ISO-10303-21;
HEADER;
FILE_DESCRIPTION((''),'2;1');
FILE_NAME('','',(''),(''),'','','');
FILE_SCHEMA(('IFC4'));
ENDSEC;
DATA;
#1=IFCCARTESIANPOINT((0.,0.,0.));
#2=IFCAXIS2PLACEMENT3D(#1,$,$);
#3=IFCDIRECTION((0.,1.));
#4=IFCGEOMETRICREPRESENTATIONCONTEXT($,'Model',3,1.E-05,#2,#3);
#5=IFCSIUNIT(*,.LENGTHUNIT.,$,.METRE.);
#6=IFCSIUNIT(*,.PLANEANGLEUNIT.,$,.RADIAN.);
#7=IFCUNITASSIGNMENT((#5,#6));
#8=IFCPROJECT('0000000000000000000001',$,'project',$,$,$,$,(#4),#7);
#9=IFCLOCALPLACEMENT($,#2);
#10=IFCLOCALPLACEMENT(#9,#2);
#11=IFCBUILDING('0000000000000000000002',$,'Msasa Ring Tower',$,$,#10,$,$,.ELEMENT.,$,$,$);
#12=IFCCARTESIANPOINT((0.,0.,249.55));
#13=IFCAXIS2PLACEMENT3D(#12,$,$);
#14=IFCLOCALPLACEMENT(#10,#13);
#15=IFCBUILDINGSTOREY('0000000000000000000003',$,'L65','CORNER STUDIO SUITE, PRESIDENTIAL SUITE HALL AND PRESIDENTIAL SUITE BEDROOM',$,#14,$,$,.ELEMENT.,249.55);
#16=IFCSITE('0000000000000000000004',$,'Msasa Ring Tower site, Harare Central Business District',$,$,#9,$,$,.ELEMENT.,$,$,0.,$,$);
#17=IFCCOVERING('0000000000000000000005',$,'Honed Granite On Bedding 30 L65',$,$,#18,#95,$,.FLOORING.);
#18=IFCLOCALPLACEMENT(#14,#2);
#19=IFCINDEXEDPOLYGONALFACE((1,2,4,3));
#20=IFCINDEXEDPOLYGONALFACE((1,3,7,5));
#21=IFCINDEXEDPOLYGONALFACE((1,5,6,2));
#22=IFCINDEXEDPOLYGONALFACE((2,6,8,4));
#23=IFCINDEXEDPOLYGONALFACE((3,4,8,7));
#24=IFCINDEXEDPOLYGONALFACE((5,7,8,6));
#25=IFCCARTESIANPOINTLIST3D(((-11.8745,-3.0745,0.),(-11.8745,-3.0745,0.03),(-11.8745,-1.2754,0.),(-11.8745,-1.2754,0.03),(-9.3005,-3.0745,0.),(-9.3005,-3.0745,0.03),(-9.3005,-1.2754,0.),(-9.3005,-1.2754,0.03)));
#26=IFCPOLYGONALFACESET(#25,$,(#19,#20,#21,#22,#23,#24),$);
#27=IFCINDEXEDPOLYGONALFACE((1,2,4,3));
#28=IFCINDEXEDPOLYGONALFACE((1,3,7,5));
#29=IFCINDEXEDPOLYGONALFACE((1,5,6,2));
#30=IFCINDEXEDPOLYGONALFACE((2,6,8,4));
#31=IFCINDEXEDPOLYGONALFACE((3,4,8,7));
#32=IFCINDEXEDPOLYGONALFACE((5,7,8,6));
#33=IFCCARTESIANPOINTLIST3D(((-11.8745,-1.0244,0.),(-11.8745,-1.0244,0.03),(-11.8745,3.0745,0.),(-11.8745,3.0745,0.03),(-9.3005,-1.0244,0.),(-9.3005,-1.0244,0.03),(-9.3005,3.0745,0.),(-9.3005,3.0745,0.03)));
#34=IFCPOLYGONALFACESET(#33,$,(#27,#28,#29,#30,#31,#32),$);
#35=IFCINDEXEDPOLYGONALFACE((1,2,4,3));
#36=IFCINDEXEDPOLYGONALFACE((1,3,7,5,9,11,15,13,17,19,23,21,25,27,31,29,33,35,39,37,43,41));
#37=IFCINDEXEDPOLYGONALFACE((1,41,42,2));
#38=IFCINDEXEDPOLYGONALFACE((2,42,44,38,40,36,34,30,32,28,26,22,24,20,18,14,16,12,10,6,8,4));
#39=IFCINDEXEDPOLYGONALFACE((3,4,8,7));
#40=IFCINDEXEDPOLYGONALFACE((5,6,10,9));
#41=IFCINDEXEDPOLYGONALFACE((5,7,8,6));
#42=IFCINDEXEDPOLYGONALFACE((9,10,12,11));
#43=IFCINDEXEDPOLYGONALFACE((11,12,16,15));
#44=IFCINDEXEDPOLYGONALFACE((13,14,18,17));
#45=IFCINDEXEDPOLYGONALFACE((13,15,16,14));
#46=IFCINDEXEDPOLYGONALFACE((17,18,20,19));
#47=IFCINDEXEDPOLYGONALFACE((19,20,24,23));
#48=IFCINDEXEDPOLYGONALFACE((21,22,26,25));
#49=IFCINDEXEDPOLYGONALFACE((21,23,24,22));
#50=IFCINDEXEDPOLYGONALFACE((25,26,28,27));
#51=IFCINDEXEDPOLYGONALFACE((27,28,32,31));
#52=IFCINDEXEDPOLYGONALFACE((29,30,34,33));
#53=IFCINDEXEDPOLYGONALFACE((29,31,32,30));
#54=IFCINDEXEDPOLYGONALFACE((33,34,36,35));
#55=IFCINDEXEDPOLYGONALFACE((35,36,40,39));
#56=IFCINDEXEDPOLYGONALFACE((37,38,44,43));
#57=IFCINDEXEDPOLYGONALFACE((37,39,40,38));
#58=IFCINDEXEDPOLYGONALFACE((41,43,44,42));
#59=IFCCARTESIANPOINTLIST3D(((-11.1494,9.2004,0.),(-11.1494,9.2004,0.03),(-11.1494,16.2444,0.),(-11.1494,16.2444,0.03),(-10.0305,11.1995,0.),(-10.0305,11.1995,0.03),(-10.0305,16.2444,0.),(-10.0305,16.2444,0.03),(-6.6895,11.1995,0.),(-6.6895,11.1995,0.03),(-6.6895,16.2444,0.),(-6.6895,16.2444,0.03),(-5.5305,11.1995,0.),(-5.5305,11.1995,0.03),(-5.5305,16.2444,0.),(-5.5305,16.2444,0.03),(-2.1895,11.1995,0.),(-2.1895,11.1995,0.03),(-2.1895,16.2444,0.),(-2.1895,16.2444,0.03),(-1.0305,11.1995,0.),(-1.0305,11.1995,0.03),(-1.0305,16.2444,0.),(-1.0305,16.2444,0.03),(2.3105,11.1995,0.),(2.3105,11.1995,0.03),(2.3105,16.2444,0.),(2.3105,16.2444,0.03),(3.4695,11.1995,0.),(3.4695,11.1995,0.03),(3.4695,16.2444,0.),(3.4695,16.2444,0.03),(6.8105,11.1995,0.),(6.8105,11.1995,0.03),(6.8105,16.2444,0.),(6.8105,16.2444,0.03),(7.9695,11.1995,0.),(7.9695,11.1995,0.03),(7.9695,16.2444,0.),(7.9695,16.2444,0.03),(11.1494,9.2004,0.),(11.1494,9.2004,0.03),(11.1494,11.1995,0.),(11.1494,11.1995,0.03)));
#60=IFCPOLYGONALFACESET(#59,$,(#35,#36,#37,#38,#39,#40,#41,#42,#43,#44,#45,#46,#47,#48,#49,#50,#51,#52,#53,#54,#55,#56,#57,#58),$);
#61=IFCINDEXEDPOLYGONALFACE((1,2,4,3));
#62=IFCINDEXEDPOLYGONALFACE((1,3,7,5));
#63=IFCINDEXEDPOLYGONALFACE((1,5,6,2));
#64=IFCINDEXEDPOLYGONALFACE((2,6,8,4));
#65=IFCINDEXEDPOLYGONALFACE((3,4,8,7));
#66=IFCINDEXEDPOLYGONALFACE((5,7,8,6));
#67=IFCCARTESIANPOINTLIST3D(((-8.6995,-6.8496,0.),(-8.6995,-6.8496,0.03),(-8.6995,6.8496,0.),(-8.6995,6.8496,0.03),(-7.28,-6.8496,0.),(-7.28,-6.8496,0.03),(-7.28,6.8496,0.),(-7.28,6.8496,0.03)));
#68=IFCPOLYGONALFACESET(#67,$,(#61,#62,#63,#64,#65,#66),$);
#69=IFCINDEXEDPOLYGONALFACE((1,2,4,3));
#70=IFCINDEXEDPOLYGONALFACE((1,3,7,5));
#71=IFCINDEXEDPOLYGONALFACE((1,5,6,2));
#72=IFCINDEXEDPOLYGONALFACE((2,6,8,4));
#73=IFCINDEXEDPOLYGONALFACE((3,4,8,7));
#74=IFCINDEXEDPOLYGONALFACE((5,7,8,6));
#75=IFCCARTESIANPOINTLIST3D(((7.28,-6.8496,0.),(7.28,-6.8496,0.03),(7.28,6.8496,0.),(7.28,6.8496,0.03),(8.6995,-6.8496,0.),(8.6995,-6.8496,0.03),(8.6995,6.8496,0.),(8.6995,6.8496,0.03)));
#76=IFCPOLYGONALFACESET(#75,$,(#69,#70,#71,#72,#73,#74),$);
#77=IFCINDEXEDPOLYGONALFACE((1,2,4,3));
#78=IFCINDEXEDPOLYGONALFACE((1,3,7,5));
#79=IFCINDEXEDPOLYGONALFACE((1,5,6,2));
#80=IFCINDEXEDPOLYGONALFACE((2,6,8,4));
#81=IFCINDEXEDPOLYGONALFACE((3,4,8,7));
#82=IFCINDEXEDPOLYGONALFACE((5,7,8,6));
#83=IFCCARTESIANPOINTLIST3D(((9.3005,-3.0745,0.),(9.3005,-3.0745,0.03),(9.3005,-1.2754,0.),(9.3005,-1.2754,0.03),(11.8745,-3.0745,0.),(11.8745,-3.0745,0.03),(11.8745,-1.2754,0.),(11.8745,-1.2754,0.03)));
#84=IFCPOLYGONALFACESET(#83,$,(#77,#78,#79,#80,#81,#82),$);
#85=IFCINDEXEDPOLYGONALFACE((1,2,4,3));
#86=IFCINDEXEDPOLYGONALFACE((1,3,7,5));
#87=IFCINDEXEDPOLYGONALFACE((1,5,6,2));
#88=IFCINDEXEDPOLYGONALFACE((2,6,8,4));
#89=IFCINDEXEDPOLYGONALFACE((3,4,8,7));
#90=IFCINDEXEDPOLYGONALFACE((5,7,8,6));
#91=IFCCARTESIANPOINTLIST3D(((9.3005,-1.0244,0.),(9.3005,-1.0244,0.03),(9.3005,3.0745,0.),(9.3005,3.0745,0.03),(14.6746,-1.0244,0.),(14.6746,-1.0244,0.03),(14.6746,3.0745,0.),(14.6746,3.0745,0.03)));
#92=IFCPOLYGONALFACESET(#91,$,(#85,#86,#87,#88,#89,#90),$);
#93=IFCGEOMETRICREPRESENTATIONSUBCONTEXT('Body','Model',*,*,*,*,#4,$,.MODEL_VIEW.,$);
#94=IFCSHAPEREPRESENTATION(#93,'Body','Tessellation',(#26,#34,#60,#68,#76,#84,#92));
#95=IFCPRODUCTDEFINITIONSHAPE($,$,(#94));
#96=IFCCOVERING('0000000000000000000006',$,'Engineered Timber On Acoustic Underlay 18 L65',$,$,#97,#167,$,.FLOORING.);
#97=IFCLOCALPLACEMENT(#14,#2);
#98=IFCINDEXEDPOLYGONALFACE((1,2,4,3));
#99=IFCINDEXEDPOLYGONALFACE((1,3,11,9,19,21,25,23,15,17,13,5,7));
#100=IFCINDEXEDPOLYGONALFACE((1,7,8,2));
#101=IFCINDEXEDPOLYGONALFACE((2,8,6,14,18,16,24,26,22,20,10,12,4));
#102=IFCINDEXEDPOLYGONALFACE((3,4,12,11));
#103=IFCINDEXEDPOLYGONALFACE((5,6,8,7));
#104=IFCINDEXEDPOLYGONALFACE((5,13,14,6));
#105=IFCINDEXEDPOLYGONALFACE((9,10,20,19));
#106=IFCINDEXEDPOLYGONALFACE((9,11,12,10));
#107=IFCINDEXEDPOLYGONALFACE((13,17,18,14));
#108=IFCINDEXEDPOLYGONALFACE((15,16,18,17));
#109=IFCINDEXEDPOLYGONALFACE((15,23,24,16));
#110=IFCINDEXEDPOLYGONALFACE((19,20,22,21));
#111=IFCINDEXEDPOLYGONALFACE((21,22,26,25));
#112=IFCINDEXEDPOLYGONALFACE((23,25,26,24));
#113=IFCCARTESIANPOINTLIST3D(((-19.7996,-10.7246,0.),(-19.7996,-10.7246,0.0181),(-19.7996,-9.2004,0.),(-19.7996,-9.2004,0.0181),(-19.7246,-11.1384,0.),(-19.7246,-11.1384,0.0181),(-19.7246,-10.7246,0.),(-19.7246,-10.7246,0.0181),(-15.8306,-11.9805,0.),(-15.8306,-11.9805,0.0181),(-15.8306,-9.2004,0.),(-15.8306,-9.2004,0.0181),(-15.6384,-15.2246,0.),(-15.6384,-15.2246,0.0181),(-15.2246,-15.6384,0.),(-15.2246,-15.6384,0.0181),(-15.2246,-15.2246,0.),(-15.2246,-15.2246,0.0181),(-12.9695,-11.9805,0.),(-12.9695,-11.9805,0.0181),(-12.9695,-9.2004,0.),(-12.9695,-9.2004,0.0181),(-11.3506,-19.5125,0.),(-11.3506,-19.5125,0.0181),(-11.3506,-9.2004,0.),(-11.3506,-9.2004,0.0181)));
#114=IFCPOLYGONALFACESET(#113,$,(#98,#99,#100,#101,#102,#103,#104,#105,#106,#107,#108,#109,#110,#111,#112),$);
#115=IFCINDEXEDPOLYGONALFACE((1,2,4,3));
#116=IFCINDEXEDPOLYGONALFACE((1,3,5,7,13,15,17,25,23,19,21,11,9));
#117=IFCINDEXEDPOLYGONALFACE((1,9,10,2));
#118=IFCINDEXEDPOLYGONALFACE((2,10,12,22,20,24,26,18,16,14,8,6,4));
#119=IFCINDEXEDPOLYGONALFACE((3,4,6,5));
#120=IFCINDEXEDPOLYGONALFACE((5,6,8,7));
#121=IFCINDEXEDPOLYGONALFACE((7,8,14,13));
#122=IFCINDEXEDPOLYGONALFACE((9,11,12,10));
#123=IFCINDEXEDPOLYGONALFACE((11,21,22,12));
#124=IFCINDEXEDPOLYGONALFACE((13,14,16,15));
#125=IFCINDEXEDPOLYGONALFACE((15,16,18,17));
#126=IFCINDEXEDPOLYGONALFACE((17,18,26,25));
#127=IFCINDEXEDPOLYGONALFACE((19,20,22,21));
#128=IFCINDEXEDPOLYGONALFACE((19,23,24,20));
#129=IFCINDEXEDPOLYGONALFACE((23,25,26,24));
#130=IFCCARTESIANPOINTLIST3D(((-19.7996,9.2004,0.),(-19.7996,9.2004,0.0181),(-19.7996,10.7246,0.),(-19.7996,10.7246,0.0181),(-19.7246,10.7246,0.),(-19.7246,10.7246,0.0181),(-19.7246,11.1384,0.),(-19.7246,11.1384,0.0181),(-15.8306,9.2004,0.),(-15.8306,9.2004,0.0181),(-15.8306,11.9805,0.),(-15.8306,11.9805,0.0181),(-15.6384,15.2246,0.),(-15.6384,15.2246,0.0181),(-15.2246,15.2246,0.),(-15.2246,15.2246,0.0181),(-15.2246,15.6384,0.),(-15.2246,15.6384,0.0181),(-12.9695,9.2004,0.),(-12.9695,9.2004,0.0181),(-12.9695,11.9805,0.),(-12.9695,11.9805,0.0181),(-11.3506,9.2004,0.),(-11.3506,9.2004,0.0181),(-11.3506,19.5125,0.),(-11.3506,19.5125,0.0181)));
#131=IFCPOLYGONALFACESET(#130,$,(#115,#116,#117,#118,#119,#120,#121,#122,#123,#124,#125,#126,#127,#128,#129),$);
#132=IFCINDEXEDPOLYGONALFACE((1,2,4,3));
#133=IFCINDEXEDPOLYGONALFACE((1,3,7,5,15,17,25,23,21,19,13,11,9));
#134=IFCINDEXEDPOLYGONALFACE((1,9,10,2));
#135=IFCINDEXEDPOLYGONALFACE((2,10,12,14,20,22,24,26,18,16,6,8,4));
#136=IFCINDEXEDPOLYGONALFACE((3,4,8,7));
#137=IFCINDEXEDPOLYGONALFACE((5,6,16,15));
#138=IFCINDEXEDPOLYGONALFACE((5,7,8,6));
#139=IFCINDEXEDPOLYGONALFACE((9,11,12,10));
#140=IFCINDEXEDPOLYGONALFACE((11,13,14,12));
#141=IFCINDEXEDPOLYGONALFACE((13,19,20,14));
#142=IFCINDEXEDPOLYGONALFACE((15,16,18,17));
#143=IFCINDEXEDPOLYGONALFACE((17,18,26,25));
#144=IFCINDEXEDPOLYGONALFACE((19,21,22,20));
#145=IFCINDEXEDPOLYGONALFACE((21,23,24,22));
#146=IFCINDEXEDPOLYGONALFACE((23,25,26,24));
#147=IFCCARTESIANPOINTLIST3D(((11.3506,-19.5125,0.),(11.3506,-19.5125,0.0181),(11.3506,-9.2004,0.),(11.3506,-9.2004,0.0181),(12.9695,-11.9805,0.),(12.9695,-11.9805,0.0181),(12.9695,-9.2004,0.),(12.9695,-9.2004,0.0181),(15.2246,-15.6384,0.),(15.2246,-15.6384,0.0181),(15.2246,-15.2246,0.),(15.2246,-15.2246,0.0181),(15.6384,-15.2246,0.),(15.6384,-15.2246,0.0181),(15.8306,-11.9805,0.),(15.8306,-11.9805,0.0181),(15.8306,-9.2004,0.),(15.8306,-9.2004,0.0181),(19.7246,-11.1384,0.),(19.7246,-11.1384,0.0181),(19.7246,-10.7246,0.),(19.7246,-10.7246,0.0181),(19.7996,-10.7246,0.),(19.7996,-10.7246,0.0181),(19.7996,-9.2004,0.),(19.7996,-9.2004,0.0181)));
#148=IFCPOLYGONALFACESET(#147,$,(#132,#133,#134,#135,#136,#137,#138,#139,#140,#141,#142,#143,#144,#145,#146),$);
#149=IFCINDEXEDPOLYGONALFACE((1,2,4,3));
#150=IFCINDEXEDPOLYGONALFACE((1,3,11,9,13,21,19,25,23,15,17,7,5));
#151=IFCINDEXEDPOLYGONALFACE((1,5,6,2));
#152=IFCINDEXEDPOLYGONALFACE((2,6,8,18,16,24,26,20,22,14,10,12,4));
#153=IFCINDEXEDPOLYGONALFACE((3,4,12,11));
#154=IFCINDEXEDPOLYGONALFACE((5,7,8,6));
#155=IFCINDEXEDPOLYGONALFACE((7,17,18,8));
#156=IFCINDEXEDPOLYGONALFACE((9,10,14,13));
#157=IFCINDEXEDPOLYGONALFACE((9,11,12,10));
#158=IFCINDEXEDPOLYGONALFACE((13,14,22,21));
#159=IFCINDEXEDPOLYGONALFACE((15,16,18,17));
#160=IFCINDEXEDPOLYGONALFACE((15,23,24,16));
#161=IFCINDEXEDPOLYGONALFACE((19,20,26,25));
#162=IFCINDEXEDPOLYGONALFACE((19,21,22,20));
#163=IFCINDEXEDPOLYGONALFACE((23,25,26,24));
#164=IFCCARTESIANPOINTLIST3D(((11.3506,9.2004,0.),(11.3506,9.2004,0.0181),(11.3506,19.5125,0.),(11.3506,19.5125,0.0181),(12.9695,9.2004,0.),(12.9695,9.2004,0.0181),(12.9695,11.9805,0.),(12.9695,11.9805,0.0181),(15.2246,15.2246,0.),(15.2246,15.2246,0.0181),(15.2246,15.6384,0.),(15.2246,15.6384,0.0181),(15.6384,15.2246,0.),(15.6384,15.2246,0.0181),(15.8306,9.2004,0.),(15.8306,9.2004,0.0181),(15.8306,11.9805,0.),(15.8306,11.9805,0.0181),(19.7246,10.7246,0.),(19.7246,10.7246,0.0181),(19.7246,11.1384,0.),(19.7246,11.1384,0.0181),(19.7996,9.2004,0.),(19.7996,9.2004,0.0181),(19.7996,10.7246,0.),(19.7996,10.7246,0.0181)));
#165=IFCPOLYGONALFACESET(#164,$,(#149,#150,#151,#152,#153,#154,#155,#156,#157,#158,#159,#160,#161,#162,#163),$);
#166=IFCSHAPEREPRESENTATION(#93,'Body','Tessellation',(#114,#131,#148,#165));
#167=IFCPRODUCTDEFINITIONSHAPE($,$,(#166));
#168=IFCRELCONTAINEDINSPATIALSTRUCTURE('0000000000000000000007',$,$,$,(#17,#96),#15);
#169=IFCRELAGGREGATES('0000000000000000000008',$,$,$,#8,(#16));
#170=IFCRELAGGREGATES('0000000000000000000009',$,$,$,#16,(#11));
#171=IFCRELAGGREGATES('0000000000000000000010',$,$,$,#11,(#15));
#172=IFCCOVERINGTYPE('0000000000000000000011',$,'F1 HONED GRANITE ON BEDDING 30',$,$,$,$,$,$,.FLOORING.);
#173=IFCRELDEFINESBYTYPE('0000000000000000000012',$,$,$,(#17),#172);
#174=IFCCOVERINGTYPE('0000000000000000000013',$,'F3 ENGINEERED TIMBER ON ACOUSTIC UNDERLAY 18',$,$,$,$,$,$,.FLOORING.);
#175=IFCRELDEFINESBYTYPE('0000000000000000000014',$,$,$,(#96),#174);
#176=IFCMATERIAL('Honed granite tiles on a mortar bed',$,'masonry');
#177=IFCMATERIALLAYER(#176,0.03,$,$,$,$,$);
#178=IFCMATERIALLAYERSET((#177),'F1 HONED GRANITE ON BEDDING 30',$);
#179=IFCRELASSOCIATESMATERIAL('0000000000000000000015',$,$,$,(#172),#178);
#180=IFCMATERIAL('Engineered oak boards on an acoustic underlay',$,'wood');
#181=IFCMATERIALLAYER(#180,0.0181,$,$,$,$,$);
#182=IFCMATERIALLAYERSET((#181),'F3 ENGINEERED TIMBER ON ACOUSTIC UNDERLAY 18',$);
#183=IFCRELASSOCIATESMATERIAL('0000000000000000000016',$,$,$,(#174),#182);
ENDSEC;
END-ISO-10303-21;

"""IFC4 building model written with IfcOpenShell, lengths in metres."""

from ifc_helpers import new_model, si_unit, direction, frame, origin, place, context, subcontext, project, spatial, line, indexed_curve, outline, extrude, material, layer, layer_set, type_object, element, save


model = new_model("IFC4")

# Units and contexts
model_context = context("Model", 3, precision=1e-05, world=origin(), true_north=direction((0.0, 1.0)))
body_context = subcontext(model_context, "Body", "Model", "MODEL_VIEW")
ifc_project = project(units=[si_unit("LENGTHUNIT", "METRE"), si_unit("PLANEANGLEUNIT", "RADIAN")], contexts=[model_context])

# Site, building, storey
site_placement = place(None, origin())
site = spatial("IfcSite", under=ifc_project, at=site_placement, Name="Msasa Ring Tower site, Harare Central Business District", CompositionType="ELEMENT", RefElevation=0.0)
building_placement = place(site_placement, origin())
building = spatial("IfcBuilding", under=site, at=building_placement, Name="Msasa Ring Tower", CompositionType="ELEMENT")
storey_placement = place(building_placement, frame((0.0, 0.0, 249.55)))
storey = spatial("IfcBuildingStorey", under=building, at=storey_placement, Name="L65", Description="CORNER STUDIO SUITE, PRESIDENTIAL SUITE HALL AND PRESIDENTIAL SUITE BEDROOM", CompositionType="ELEMENT", Elevation=249.55)

# Coverings
ifc_material_1 = material(Name="Honed granite tiles on a mortar bed", Category="masonry")
ifc_layer_1 = layer(ifc_material_1, 0.03)
ifc_layer_set_1 = layer_set([ifc_layer_1], Name="F1 HONED GRANITE ON BEDDING 30")
covering_type_1 = type_object("IfcCoveringType", Name="F1 HONED GRANITE ON BEDDING 30", PredefinedType="FLOORING", material=ifc_layer_set_1)
covering_1_placement = place(storey_placement, origin())
element("IfcCovering", 1, at=covering_1_placement, inside=storey, type_object=covering_type_1, Name="Honed Granite On Bedding 30 L65", PredefinedType="FLOORING", context=body_context, shape_type="SweptSolid", body=[
    extrude(outline(indexed_curve([(-11.8745, -3.0745), (-11.8745, -1.2754), (-9.3005, -1.2754), (-9.3005, -3.0745)], segments=[line(1, 2, 3, 4, 1)], self_intersect=False)), origin(), (0.0, 0.0, 1.0), 0.03),
    extrude(outline(indexed_curve([(-11.8745, 3.0745), (-9.3005, 3.0745), (-9.3005, -1.0244), (-11.8745, -1.0244)], segments=[line(1, 2, 3, 4, 1)], self_intersect=False)), origin(), (0.0, 0.0, 1.0), 0.03),
    extrude(outline(indexed_curve([(-5.5305, 16.2444), (-5.5305, 11.1995), (-2.1895, 11.1995), (-2.1895, 16.2444), (-1.0305, 16.2444), (-1.0305, 11.1995), (2.3105, 11.1995), (2.3105, 16.2444), (3.4695, 16.2444), (3.4695, 11.1995), (6.8105, 11.1995), (6.8105, 16.2444), (7.9695, 16.2444), (7.9695, 11.1995), (11.1494, 11.1995), (11.1494, 9.2004), (-11.1494, 9.2004), (-11.1494, 16.2444), (-10.0305, 16.2444), (-10.0305, 11.1995), (-6.6895, 11.1995), (-6.6895, 16.2444)], segments=[line(1, 2, 3, 4, 5, 6, 7, 8, 9, 10, 11, 12, 13, 14, 15, 16, 17, 18, 19, 20, 21, 22, 1)], self_intersect=False)), origin(), (0.0, 0.0, 1.0), 0.03),
    extrude(outline(indexed_curve([(-8.6995, 6.8496), (-7.28, 6.8496), (-7.28, -6.8496), (-8.6995, -6.8496)], segments=[line(1, 2, 3, 4, 1)], self_intersect=False)), origin(), (0.0, 0.0, 1.0), 0.03),
    extrude(outline(indexed_curve([(8.6995, 6.8496), (8.6995, -6.8496), (7.28, -6.8496), (7.28, 6.8496)], segments=[line(1, 2, 3, 4, 1)], self_intersect=False)), origin(), (0.0, 0.0, 1.0), 0.03),
    extrude(outline(indexed_curve([(9.3005, -1.2754), (11.8745, -1.2754), (11.8745, -3.0745), (9.3005, -3.0745)], segments=[line(1, 2, 3, 4, 1)], self_intersect=False)), origin(), (0.0, 0.0, 1.0), 0.03),
    extrude(outline(indexed_curve([(9.3005, 3.0745), (14.6746, 3.0745), (14.6746, -1.0244), (9.3005, -1.0244)], segments=[line(1, 2, 3, 4, 1)], self_intersect=False)), origin(), (0.0, 0.0, 1.0), 0.03),
])
ifc_material_2 = material(Name="Engineered oak boards on an acoustic underlay", Category="wood")
ifc_layer_2 = layer(ifc_material_2, 0.0181)
ifc_layer_set_2 = layer_set([ifc_layer_2], Name="F3 ENGINEERED TIMBER ON ACOUSTIC UNDERLAY 18")
covering_type_2 = type_object("IfcCoveringType", Name="F3 ENGINEERED TIMBER ON ACOUSTIC UNDERLAY 18", PredefinedType="FLOORING", material=ifc_layer_set_2)
covering_2_placement = place(storey_placement, origin())
element("IfcCovering", 2, at=covering_2_placement, inside=storey, type_object=covering_type_2, Name="Engineered Timber On Acoustic Underlay 18 L65", PredefinedType="FLOORING", context=body_context, shape_type="SweptSolid", body=[
    extrude(outline(indexed_curve([(-15.8306, -11.9805), (-12.9695, -11.9805), (-12.9695, -9.2004), (-11.3506, -9.2004), (-11.3506, -19.5125), (-15.2246, -15.6384), (-15.2246, -15.2246), (-15.6384, -15.2246), (-19.7246, -11.1384), (-19.7246, -10.7246), (-19.7996, -10.7246), (-19.7996, -9.2004), (-15.8306, -9.2004)], segments=[line(1, 2, 3, 4, 5, 6, 7, 8, 9, 10, 11, 12, 13, 1)], self_intersect=False)), origin(), (0.0, 0.0, 1.0), 0.0181),
    extrude(outline(indexed_curve([(-15.8306, 9.2004), (-19.7996, 9.2004), (-19.7996, 10.7246), (-19.7246, 10.7246), (-19.7246, 11.1384), (-15.6384, 15.2246), (-15.2246, 15.2246), (-15.2246, 15.6384), (-11.3506, 19.5125), (-11.3506, 9.2004), (-12.9695, 9.2004), (-12.9695, 11.9805), (-15.8306, 11.9805)], segments=[line(1, 2, 3, 4, 5, 6, 7, 8, 9, 10, 11, 12, 13, 1)], self_intersect=False)), origin(), (0.0, 0.0, 1.0), 0.0181),
    extrude(outline(indexed_curve([(15.8306, -9.2004), (19.7996, -9.2004), (19.7996, -10.7246), (19.7246, -10.7246), (19.7246, -11.1384), (15.6384, -15.2246), (15.2246, -15.2246), (15.2246, -15.6384), (11.3506, -19.5125), (11.3506, -9.2004), (12.9695, -9.2004), (12.9695, -11.9805), (15.8306, -11.9805)], segments=[line(1, 2, 3, 4, 5, 6, 7, 8, 9, 10, 11, 12, 13, 1)], self_intersect=False)), origin(), (0.0, 0.0, 1.0), 0.0181),
    extrude(outline(indexed_curve([(15.8306, 11.9805), (12.9695, 11.9805), (12.9695, 9.2004), (11.3506, 9.2004), (11.3506, 19.5125), (15.2246, 15.6384), (15.2246, 15.2246), (15.6384, 15.2246), (19.7246, 11.1384), (19.7246, 10.7246), (19.7996, 10.7246), (19.7996, 9.2004), (15.8306, 9.2004)], segments=[line(1, 2, 3, 4, 5, 6, 7, 8, 9, 10, 11, 12, 13, 1)], self_intersect=False)), origin(), (0.0, 0.0, 1.0), 0.0181),
])

save(model, "model.ifc")
